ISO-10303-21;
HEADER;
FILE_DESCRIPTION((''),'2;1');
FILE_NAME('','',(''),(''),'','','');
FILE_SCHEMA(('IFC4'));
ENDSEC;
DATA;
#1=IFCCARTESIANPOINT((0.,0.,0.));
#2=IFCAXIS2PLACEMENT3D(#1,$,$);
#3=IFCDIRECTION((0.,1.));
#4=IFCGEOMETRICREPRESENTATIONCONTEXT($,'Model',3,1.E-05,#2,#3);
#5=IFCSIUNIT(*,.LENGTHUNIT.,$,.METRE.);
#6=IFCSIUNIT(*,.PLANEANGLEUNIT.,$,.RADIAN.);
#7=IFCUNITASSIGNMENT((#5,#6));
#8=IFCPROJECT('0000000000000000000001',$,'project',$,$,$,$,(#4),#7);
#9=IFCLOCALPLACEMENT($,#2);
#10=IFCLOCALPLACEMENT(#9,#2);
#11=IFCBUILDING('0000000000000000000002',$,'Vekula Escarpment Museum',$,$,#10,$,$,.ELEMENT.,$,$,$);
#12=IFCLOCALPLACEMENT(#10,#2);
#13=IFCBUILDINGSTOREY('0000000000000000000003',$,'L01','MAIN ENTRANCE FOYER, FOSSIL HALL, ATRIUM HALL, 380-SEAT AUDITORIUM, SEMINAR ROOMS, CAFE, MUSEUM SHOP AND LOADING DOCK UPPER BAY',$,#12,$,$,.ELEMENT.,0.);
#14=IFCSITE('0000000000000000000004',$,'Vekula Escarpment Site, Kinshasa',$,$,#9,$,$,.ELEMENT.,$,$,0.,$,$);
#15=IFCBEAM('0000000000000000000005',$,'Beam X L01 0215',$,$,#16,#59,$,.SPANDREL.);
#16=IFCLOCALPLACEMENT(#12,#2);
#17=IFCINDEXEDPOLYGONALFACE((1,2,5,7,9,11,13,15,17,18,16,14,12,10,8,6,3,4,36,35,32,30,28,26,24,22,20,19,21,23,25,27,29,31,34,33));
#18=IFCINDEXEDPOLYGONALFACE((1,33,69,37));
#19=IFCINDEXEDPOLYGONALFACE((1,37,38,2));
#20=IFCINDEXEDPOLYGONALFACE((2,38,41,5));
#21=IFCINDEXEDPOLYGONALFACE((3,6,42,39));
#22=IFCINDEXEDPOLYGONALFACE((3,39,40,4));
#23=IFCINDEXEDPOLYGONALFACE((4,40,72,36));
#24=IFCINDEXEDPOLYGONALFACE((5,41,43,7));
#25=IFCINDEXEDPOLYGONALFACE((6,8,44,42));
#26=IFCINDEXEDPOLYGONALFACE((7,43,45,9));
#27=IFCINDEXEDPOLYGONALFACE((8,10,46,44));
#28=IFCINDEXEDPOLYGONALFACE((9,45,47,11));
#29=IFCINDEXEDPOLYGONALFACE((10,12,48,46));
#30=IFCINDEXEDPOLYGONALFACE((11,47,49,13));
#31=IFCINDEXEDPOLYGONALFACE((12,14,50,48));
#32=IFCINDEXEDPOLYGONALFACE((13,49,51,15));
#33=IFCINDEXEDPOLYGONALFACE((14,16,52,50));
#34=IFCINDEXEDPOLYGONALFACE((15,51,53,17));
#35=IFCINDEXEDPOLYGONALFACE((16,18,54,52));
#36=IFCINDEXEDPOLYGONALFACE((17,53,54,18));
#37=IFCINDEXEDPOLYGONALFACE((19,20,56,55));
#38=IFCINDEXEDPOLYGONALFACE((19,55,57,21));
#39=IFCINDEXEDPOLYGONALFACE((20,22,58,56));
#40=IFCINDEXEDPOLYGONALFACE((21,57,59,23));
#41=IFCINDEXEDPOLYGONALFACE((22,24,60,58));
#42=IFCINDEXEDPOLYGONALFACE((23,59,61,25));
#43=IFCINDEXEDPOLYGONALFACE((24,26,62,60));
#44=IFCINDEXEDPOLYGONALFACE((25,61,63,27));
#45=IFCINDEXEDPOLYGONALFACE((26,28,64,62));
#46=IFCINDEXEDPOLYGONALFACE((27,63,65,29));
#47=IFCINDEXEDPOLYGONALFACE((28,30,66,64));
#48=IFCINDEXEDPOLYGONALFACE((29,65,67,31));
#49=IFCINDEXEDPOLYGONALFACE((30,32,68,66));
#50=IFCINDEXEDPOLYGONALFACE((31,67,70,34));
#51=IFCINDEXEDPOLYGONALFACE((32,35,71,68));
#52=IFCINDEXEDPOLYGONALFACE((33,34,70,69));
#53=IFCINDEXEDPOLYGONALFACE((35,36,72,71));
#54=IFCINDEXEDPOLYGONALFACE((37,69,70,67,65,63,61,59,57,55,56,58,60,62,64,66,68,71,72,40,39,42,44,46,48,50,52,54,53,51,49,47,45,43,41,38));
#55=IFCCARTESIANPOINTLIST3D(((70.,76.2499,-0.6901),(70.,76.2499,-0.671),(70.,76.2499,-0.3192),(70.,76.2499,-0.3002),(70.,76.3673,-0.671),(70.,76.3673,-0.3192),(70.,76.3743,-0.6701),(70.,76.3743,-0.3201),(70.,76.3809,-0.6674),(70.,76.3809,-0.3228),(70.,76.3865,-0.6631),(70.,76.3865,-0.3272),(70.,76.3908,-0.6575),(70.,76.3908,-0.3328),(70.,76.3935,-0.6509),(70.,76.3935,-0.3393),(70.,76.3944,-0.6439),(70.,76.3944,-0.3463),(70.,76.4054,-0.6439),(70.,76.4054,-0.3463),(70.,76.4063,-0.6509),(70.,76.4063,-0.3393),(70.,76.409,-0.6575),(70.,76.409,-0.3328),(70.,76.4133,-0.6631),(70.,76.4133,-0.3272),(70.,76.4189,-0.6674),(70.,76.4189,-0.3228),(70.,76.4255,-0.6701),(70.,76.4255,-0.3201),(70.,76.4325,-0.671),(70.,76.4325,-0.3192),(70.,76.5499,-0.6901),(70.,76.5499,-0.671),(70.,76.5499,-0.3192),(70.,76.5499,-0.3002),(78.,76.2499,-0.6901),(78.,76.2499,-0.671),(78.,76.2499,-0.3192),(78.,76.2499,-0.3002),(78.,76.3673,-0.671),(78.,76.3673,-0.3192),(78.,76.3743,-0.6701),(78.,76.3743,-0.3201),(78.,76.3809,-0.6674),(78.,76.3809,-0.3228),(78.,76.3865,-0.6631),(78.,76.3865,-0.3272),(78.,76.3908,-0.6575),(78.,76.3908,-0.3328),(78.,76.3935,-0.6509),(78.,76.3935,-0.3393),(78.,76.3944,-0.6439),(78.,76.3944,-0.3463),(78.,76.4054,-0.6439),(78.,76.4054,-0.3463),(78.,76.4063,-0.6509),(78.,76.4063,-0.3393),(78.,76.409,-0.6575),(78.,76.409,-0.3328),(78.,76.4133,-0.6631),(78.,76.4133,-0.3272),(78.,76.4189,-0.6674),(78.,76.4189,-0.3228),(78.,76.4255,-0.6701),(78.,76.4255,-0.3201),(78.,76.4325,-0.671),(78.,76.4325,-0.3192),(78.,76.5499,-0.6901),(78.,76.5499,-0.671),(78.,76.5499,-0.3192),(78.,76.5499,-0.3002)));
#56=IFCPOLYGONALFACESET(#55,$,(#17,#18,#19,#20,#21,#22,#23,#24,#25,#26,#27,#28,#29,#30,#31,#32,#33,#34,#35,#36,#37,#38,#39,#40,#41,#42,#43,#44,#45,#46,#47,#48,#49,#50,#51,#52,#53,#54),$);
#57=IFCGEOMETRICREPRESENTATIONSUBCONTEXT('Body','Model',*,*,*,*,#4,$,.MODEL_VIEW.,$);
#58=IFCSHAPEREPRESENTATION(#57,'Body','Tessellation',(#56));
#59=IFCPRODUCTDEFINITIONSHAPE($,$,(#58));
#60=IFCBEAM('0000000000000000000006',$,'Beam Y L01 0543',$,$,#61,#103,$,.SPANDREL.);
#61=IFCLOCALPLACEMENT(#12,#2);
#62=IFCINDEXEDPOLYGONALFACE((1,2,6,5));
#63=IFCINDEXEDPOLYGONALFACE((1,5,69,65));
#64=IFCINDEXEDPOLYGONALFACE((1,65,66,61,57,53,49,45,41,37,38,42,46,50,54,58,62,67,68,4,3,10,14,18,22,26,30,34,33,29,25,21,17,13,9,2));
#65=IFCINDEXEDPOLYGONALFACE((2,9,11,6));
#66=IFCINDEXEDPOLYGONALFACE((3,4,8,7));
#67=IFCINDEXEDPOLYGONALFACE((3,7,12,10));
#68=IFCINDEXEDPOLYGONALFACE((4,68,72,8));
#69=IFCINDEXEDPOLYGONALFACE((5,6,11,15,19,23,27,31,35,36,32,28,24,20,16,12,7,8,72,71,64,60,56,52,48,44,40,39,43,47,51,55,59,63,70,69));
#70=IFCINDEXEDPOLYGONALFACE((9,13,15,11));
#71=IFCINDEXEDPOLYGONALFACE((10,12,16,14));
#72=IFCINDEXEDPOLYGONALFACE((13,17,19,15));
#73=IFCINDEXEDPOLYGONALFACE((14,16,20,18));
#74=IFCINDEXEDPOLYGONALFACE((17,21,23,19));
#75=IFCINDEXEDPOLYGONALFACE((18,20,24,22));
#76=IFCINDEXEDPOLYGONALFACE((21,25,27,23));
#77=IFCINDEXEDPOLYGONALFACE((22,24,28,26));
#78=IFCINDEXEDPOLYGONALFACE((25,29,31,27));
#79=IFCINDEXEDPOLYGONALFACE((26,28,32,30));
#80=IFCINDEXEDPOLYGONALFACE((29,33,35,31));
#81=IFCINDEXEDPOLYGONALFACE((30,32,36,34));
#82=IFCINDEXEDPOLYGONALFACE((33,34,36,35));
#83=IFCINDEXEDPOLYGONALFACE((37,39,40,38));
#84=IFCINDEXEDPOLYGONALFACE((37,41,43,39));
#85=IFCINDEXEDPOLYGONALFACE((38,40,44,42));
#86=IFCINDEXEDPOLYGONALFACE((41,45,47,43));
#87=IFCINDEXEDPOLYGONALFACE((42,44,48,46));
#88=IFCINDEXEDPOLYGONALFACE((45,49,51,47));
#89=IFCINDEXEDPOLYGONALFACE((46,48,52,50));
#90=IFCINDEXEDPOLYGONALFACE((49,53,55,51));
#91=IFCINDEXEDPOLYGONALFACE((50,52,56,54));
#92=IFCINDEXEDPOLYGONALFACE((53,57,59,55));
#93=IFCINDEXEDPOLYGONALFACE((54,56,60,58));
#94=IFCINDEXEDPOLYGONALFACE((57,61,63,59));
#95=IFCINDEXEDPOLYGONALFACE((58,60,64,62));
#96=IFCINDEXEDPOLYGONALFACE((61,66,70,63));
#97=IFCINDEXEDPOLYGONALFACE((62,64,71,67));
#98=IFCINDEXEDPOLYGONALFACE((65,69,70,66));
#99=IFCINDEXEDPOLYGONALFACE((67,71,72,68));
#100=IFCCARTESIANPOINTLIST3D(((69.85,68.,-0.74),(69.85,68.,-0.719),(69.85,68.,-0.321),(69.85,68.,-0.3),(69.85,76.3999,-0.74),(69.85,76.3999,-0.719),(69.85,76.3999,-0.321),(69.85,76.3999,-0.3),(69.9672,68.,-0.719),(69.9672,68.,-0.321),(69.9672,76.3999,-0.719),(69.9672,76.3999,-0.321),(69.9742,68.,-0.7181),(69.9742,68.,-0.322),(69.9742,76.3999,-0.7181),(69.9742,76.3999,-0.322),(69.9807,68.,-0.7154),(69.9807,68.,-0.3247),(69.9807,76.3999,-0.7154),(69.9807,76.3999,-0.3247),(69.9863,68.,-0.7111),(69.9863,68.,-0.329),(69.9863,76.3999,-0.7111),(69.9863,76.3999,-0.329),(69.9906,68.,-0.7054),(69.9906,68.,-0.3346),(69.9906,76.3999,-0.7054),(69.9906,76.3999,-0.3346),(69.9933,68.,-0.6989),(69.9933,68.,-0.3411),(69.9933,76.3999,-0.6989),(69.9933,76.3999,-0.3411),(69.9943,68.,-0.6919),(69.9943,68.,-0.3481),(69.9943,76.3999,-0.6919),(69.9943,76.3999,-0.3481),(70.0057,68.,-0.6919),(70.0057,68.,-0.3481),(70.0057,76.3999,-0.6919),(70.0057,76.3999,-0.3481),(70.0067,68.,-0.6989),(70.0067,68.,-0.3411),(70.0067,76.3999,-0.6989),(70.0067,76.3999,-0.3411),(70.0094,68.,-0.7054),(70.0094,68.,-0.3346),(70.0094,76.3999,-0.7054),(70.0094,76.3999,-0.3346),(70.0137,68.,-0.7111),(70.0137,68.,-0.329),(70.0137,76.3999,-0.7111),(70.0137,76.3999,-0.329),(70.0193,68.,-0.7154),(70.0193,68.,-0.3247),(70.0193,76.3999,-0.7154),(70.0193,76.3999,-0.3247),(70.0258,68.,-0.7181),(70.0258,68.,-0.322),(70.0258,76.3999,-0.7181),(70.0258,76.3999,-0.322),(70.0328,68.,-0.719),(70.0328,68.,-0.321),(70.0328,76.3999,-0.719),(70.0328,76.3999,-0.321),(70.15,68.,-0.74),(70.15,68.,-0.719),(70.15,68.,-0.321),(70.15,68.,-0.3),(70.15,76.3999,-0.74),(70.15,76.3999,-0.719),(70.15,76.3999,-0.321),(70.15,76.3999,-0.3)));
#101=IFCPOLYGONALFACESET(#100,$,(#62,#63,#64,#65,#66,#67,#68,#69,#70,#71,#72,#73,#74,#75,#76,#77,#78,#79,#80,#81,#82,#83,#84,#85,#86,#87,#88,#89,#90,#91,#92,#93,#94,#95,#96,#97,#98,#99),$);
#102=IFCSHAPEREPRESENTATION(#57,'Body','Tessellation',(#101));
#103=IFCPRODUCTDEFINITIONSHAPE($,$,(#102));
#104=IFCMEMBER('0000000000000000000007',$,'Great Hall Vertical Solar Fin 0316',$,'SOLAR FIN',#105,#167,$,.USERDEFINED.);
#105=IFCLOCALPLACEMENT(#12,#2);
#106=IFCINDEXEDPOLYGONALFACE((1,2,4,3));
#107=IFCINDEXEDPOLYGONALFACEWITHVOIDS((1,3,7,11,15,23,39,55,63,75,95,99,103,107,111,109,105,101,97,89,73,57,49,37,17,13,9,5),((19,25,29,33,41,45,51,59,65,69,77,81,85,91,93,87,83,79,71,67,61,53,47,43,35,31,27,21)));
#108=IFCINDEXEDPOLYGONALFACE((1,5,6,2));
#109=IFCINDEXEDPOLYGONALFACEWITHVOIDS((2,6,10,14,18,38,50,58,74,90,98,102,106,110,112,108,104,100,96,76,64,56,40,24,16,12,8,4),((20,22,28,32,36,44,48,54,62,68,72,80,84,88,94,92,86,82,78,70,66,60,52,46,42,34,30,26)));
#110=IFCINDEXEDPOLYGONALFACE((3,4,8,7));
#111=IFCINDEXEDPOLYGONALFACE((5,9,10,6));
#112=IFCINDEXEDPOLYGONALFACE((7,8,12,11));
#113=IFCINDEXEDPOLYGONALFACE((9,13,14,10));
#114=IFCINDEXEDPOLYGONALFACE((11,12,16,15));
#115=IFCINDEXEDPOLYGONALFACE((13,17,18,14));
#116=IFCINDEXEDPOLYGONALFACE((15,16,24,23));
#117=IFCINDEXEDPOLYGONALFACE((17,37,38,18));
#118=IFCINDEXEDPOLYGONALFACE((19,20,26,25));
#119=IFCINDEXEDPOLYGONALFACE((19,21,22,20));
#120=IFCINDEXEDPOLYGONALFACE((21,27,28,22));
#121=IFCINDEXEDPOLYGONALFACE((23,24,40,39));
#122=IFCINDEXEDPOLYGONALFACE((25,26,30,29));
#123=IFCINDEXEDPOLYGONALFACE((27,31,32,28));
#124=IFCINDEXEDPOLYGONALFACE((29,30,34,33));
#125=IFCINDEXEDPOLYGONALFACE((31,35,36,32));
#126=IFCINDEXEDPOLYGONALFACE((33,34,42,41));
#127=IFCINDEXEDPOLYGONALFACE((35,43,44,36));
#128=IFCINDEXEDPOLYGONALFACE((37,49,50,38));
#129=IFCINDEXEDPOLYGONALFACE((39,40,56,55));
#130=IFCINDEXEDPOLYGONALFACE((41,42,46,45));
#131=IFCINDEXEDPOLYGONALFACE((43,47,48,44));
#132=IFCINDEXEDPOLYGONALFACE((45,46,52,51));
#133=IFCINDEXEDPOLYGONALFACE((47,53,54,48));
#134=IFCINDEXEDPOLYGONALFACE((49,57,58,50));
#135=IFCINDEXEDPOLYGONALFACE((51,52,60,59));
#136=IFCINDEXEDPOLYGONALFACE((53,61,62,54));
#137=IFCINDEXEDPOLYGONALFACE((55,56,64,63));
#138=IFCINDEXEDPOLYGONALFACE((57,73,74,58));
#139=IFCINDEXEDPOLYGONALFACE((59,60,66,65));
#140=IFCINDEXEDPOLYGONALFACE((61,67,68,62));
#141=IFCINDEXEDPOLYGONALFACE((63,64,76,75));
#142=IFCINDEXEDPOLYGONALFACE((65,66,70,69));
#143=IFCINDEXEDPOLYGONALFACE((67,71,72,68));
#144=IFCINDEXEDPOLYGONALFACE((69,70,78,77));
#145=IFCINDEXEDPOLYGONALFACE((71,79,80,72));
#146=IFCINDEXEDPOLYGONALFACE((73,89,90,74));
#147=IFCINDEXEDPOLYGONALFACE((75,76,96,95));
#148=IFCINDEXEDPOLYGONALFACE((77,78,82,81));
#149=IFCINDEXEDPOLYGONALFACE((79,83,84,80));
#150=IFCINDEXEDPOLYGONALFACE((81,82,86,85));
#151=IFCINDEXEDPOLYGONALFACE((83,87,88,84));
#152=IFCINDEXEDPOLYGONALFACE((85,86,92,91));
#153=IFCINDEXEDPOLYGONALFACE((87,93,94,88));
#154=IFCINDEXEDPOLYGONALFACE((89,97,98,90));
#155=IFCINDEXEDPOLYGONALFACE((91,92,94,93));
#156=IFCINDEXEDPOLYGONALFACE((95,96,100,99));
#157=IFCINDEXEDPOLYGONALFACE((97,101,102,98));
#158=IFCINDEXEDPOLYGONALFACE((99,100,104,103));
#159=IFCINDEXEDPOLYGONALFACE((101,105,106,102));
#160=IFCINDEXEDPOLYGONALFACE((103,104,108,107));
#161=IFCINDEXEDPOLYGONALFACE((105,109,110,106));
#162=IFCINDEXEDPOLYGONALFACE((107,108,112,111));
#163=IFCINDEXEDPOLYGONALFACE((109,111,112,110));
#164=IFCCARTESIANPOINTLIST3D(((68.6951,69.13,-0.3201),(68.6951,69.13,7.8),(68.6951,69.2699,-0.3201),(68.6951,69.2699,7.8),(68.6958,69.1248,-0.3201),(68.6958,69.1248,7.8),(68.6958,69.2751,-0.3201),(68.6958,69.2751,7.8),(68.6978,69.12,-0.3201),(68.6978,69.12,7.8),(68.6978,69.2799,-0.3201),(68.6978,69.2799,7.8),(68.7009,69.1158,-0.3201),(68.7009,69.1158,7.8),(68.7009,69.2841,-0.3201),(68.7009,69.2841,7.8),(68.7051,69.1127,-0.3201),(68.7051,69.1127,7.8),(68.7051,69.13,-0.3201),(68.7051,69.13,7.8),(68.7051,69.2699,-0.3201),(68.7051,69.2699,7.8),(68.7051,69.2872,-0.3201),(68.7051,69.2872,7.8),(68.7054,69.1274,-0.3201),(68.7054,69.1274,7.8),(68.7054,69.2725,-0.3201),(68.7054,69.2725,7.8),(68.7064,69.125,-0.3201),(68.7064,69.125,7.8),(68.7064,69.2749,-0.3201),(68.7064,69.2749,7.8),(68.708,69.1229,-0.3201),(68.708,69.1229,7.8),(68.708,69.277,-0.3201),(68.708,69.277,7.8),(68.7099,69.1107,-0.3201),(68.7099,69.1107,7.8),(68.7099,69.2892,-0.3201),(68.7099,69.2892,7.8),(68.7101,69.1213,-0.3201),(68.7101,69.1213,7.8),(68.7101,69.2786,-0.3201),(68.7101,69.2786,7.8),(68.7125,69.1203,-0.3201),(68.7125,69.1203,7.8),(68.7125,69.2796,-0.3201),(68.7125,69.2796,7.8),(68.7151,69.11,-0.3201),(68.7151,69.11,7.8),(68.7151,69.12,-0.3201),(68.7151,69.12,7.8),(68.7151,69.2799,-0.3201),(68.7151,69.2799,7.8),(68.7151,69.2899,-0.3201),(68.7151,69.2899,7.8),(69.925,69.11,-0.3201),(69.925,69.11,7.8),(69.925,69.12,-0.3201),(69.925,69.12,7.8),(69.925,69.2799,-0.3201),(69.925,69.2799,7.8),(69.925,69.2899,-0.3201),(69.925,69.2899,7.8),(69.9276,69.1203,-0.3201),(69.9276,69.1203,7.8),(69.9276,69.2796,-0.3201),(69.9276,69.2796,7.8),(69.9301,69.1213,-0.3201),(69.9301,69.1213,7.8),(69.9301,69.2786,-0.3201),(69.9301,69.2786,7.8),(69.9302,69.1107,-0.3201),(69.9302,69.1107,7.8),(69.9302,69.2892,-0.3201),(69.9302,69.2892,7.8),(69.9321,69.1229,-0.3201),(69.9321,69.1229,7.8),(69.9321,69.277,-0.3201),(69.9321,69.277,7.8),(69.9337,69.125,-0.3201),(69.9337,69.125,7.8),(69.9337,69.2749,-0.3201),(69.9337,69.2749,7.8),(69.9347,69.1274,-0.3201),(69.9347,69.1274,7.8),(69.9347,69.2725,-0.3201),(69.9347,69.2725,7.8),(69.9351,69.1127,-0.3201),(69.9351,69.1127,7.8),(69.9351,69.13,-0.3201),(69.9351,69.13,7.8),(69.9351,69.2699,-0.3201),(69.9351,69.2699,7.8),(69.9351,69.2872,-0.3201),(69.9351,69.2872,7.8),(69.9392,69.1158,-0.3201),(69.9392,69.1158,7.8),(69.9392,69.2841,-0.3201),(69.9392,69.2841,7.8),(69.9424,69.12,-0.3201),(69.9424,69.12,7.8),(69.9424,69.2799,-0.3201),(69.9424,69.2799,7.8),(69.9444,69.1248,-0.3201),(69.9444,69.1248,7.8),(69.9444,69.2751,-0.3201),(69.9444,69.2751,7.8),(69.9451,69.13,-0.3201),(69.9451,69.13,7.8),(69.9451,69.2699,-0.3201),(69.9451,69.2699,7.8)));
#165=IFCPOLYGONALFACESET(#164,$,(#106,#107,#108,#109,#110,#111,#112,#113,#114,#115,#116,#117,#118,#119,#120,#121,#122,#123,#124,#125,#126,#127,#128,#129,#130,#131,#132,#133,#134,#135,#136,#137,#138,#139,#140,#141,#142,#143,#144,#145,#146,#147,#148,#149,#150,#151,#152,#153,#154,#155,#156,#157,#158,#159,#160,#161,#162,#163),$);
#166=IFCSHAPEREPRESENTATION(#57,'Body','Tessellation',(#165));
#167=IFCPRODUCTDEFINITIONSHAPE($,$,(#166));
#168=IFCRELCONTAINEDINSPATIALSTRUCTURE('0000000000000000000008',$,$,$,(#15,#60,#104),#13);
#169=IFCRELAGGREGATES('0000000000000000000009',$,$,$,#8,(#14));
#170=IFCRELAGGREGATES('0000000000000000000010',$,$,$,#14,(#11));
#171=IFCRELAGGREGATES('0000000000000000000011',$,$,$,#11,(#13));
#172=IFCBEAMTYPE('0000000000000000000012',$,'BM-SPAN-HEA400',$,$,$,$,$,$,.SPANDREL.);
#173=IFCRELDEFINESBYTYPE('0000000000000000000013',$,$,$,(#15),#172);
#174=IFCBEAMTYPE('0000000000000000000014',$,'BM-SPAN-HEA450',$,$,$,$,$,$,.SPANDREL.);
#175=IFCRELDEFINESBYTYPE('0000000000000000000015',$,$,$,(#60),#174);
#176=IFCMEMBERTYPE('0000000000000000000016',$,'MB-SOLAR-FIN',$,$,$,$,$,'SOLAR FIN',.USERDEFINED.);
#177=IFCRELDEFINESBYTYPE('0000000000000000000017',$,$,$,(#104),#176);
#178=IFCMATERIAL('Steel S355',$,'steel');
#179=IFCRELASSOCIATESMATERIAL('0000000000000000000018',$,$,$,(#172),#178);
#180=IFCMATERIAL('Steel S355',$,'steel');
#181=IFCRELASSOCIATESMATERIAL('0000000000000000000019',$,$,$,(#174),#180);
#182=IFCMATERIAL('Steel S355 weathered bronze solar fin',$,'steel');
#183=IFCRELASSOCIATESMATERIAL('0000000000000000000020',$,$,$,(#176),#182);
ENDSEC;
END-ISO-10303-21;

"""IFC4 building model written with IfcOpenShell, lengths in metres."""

from ifc_helpers import new_model, si_unit, direction, frame, origin, origin_2d, place, context, subcontext, project, spatial, hollow_rectangle, i_section, extrude, material, material_profile, profile_set, type_object, element, save


model = new_model("IFC4")

# Units and contexts
model_context = context("Model", 3, precision=1e-05, world=origin(), true_north=direction((0.0, 1.0)))
body_context = subcontext(model_context, "Body", "Model", "MODEL_VIEW")
ifc_project = project(units=[si_unit("LENGTHUNIT", "METRE"), si_unit("PLANEANGLEUNIT", "RADIAN")], contexts=[model_context])

# Site, building, storey
site_placement = place(None, origin())
site = spatial("IfcSite", under=ifc_project, at=site_placement, Name="Vekula Escarpment Site, Kinshasa", CompositionType="ELEMENT", RefElevation=0.0)
building_placement = place(site_placement, origin())
building = spatial("IfcBuilding", under=site, at=building_placement, Name="Vekula Escarpment Museum", CompositionType="ELEMENT")
storey_placement = place(building_placement, origin())
storey = spatial("IfcBuildingStorey", under=building, at=storey_placement, Name="L01", Description="MAIN ENTRANCE FOYER, FOSSIL HALL, ATRIUM HALL, 380-SEAT AUDITORIUM, SEMINAR ROOMS, CAFE, MUSEUM SHOP AND LOADING DOCK UPPER BAY", CompositionType="ELEMENT", Elevation=0.0)

# Beams
ifc_material_1 = material(Name="Steel S355", Category="steel")
ifc_material_profile_1 = material_profile(ifc_material_1, i_section(OverallWidth=0.3, OverallDepth=0.3899, WebThickness=0.011, FlangeThickness=0.019, FilletRadius=0.0271, at=origin_2d()), Name="HEA 400")
ifc_profile_set_1 = profile_set([ifc_material_profile_1], Name="Steel S355")
beam_type_1 = type_object("IfcBeamType", Name="BM-SPAN-HEA400", PredefinedType="SPANDREL", material=ifc_profile_set_1)
beam_1_placement = place(storey_placement, frame((70.0, 76.3999, -0.4951), z_axis=(1.0, 0.0, 0.0), x_axis=(0.0, 1.0, 0.0)))
element("IfcBeam", 1, at=beam_1_placement, inside=storey, type_object=beam_type_1, Name="Beam X L01 0215", PredefinedType="SPANDREL", context=body_context, shape_type="SweptSolid", body=[
    extrude(i_section(OverallWidth=0.3, OverallDepth=0.3899, WebThickness=0.011, FlangeThickness=0.019, FilletRadius=0.0271, at=origin_2d()), origin(), (0.0, 0.0, 1.0), 8.0),
])
ifc_material_2 = material(Name="Steel S355", Category="steel")
ifc_material_profile_2 = material_profile(ifc_material_2, i_section(OverallWidth=0.3, OverallDepth=0.4399, WebThickness=0.0115, FlangeThickness=0.021, FilletRadius=0.0271, at=origin_2d()), Name="HEA 450")
ifc_profile_set_2 = profile_set([ifc_material_profile_2], Name="Steel S355")
beam_type_2 = type_object("IfcBeamType", Name="BM-SPAN-HEA450", PredefinedType="SPANDREL", material=ifc_profile_set_2)
beam_2_placement = place(storey_placement, frame((70.0, 68.0, -0.52), z_axis=(0.0, 1.0, 0.0), x_axis=(-1.0, 0.0, 0.0)))
element("IfcBeam", 2, at=beam_2_placement, inside=storey, type_object=beam_type_2, Name="Beam Y L01 0543", PredefinedType="SPANDREL", context=body_context, shape_type="SweptSolid", body=[
    extrude(i_section(OverallWidth=0.3, OverallDepth=0.4399, WebThickness=0.0115, FlangeThickness=0.021, FilletRadius=0.0271, at=origin_2d()), origin(), (0.0, 0.0, 1.0), 8.3999),
])

# Member
ifc_material_3 = material(Name="Steel S355 weathered bronze solar fin", Category="steel")
ifc_material_profile_3 = material_profile(ifc_material_3, hollow_rectangle(XDim=0.1799, YDim=1.25, WallThickness=0.01, InnerFilletRadius=0.01, OuterFilletRadius=0.02, at=origin_2d()), Name="RHS 1250x180x10")
ifc_profile_set_3 = profile_set([ifc_material_profile_3], Name="Steel S355 weathered bronze solar fin")
member_type = type_object("IfcMemberType", Name="MB-SOLAR-FIN", ElementType="SOLAR FIN", PredefinedType="USERDEFINED", material=ifc_profile_set_3)
for number, where, z_axis, x_axis, name in (
    (3, (69.3201, 69.2, -0.3201), (0.0, 0.0, 1.0), (0.0, 1.0, 0.0), "Great Hall Vertical Solar Fin 0316"),
):
    element("IfcMember", number, at=place(storey_placement, frame(where, z_axis=z_axis, x_axis=x_axis)), inside=storey, type_object=member_type, Name=name, ObjectType="SOLAR FIN", PredefinedType="USERDEFINED", context=body_context, shape_type="SweptSolid", body=[
        extrude(hollow_rectangle(XDim=0.1799, YDim=1.25, WallThickness=0.01, InnerFilletRadius=0.01, OuterFilletRadius=0.02, at=origin_2d()), origin(), (0.0, 0.0, 1.0), 8.1201),
    ])

save(model, "model.ifc")
